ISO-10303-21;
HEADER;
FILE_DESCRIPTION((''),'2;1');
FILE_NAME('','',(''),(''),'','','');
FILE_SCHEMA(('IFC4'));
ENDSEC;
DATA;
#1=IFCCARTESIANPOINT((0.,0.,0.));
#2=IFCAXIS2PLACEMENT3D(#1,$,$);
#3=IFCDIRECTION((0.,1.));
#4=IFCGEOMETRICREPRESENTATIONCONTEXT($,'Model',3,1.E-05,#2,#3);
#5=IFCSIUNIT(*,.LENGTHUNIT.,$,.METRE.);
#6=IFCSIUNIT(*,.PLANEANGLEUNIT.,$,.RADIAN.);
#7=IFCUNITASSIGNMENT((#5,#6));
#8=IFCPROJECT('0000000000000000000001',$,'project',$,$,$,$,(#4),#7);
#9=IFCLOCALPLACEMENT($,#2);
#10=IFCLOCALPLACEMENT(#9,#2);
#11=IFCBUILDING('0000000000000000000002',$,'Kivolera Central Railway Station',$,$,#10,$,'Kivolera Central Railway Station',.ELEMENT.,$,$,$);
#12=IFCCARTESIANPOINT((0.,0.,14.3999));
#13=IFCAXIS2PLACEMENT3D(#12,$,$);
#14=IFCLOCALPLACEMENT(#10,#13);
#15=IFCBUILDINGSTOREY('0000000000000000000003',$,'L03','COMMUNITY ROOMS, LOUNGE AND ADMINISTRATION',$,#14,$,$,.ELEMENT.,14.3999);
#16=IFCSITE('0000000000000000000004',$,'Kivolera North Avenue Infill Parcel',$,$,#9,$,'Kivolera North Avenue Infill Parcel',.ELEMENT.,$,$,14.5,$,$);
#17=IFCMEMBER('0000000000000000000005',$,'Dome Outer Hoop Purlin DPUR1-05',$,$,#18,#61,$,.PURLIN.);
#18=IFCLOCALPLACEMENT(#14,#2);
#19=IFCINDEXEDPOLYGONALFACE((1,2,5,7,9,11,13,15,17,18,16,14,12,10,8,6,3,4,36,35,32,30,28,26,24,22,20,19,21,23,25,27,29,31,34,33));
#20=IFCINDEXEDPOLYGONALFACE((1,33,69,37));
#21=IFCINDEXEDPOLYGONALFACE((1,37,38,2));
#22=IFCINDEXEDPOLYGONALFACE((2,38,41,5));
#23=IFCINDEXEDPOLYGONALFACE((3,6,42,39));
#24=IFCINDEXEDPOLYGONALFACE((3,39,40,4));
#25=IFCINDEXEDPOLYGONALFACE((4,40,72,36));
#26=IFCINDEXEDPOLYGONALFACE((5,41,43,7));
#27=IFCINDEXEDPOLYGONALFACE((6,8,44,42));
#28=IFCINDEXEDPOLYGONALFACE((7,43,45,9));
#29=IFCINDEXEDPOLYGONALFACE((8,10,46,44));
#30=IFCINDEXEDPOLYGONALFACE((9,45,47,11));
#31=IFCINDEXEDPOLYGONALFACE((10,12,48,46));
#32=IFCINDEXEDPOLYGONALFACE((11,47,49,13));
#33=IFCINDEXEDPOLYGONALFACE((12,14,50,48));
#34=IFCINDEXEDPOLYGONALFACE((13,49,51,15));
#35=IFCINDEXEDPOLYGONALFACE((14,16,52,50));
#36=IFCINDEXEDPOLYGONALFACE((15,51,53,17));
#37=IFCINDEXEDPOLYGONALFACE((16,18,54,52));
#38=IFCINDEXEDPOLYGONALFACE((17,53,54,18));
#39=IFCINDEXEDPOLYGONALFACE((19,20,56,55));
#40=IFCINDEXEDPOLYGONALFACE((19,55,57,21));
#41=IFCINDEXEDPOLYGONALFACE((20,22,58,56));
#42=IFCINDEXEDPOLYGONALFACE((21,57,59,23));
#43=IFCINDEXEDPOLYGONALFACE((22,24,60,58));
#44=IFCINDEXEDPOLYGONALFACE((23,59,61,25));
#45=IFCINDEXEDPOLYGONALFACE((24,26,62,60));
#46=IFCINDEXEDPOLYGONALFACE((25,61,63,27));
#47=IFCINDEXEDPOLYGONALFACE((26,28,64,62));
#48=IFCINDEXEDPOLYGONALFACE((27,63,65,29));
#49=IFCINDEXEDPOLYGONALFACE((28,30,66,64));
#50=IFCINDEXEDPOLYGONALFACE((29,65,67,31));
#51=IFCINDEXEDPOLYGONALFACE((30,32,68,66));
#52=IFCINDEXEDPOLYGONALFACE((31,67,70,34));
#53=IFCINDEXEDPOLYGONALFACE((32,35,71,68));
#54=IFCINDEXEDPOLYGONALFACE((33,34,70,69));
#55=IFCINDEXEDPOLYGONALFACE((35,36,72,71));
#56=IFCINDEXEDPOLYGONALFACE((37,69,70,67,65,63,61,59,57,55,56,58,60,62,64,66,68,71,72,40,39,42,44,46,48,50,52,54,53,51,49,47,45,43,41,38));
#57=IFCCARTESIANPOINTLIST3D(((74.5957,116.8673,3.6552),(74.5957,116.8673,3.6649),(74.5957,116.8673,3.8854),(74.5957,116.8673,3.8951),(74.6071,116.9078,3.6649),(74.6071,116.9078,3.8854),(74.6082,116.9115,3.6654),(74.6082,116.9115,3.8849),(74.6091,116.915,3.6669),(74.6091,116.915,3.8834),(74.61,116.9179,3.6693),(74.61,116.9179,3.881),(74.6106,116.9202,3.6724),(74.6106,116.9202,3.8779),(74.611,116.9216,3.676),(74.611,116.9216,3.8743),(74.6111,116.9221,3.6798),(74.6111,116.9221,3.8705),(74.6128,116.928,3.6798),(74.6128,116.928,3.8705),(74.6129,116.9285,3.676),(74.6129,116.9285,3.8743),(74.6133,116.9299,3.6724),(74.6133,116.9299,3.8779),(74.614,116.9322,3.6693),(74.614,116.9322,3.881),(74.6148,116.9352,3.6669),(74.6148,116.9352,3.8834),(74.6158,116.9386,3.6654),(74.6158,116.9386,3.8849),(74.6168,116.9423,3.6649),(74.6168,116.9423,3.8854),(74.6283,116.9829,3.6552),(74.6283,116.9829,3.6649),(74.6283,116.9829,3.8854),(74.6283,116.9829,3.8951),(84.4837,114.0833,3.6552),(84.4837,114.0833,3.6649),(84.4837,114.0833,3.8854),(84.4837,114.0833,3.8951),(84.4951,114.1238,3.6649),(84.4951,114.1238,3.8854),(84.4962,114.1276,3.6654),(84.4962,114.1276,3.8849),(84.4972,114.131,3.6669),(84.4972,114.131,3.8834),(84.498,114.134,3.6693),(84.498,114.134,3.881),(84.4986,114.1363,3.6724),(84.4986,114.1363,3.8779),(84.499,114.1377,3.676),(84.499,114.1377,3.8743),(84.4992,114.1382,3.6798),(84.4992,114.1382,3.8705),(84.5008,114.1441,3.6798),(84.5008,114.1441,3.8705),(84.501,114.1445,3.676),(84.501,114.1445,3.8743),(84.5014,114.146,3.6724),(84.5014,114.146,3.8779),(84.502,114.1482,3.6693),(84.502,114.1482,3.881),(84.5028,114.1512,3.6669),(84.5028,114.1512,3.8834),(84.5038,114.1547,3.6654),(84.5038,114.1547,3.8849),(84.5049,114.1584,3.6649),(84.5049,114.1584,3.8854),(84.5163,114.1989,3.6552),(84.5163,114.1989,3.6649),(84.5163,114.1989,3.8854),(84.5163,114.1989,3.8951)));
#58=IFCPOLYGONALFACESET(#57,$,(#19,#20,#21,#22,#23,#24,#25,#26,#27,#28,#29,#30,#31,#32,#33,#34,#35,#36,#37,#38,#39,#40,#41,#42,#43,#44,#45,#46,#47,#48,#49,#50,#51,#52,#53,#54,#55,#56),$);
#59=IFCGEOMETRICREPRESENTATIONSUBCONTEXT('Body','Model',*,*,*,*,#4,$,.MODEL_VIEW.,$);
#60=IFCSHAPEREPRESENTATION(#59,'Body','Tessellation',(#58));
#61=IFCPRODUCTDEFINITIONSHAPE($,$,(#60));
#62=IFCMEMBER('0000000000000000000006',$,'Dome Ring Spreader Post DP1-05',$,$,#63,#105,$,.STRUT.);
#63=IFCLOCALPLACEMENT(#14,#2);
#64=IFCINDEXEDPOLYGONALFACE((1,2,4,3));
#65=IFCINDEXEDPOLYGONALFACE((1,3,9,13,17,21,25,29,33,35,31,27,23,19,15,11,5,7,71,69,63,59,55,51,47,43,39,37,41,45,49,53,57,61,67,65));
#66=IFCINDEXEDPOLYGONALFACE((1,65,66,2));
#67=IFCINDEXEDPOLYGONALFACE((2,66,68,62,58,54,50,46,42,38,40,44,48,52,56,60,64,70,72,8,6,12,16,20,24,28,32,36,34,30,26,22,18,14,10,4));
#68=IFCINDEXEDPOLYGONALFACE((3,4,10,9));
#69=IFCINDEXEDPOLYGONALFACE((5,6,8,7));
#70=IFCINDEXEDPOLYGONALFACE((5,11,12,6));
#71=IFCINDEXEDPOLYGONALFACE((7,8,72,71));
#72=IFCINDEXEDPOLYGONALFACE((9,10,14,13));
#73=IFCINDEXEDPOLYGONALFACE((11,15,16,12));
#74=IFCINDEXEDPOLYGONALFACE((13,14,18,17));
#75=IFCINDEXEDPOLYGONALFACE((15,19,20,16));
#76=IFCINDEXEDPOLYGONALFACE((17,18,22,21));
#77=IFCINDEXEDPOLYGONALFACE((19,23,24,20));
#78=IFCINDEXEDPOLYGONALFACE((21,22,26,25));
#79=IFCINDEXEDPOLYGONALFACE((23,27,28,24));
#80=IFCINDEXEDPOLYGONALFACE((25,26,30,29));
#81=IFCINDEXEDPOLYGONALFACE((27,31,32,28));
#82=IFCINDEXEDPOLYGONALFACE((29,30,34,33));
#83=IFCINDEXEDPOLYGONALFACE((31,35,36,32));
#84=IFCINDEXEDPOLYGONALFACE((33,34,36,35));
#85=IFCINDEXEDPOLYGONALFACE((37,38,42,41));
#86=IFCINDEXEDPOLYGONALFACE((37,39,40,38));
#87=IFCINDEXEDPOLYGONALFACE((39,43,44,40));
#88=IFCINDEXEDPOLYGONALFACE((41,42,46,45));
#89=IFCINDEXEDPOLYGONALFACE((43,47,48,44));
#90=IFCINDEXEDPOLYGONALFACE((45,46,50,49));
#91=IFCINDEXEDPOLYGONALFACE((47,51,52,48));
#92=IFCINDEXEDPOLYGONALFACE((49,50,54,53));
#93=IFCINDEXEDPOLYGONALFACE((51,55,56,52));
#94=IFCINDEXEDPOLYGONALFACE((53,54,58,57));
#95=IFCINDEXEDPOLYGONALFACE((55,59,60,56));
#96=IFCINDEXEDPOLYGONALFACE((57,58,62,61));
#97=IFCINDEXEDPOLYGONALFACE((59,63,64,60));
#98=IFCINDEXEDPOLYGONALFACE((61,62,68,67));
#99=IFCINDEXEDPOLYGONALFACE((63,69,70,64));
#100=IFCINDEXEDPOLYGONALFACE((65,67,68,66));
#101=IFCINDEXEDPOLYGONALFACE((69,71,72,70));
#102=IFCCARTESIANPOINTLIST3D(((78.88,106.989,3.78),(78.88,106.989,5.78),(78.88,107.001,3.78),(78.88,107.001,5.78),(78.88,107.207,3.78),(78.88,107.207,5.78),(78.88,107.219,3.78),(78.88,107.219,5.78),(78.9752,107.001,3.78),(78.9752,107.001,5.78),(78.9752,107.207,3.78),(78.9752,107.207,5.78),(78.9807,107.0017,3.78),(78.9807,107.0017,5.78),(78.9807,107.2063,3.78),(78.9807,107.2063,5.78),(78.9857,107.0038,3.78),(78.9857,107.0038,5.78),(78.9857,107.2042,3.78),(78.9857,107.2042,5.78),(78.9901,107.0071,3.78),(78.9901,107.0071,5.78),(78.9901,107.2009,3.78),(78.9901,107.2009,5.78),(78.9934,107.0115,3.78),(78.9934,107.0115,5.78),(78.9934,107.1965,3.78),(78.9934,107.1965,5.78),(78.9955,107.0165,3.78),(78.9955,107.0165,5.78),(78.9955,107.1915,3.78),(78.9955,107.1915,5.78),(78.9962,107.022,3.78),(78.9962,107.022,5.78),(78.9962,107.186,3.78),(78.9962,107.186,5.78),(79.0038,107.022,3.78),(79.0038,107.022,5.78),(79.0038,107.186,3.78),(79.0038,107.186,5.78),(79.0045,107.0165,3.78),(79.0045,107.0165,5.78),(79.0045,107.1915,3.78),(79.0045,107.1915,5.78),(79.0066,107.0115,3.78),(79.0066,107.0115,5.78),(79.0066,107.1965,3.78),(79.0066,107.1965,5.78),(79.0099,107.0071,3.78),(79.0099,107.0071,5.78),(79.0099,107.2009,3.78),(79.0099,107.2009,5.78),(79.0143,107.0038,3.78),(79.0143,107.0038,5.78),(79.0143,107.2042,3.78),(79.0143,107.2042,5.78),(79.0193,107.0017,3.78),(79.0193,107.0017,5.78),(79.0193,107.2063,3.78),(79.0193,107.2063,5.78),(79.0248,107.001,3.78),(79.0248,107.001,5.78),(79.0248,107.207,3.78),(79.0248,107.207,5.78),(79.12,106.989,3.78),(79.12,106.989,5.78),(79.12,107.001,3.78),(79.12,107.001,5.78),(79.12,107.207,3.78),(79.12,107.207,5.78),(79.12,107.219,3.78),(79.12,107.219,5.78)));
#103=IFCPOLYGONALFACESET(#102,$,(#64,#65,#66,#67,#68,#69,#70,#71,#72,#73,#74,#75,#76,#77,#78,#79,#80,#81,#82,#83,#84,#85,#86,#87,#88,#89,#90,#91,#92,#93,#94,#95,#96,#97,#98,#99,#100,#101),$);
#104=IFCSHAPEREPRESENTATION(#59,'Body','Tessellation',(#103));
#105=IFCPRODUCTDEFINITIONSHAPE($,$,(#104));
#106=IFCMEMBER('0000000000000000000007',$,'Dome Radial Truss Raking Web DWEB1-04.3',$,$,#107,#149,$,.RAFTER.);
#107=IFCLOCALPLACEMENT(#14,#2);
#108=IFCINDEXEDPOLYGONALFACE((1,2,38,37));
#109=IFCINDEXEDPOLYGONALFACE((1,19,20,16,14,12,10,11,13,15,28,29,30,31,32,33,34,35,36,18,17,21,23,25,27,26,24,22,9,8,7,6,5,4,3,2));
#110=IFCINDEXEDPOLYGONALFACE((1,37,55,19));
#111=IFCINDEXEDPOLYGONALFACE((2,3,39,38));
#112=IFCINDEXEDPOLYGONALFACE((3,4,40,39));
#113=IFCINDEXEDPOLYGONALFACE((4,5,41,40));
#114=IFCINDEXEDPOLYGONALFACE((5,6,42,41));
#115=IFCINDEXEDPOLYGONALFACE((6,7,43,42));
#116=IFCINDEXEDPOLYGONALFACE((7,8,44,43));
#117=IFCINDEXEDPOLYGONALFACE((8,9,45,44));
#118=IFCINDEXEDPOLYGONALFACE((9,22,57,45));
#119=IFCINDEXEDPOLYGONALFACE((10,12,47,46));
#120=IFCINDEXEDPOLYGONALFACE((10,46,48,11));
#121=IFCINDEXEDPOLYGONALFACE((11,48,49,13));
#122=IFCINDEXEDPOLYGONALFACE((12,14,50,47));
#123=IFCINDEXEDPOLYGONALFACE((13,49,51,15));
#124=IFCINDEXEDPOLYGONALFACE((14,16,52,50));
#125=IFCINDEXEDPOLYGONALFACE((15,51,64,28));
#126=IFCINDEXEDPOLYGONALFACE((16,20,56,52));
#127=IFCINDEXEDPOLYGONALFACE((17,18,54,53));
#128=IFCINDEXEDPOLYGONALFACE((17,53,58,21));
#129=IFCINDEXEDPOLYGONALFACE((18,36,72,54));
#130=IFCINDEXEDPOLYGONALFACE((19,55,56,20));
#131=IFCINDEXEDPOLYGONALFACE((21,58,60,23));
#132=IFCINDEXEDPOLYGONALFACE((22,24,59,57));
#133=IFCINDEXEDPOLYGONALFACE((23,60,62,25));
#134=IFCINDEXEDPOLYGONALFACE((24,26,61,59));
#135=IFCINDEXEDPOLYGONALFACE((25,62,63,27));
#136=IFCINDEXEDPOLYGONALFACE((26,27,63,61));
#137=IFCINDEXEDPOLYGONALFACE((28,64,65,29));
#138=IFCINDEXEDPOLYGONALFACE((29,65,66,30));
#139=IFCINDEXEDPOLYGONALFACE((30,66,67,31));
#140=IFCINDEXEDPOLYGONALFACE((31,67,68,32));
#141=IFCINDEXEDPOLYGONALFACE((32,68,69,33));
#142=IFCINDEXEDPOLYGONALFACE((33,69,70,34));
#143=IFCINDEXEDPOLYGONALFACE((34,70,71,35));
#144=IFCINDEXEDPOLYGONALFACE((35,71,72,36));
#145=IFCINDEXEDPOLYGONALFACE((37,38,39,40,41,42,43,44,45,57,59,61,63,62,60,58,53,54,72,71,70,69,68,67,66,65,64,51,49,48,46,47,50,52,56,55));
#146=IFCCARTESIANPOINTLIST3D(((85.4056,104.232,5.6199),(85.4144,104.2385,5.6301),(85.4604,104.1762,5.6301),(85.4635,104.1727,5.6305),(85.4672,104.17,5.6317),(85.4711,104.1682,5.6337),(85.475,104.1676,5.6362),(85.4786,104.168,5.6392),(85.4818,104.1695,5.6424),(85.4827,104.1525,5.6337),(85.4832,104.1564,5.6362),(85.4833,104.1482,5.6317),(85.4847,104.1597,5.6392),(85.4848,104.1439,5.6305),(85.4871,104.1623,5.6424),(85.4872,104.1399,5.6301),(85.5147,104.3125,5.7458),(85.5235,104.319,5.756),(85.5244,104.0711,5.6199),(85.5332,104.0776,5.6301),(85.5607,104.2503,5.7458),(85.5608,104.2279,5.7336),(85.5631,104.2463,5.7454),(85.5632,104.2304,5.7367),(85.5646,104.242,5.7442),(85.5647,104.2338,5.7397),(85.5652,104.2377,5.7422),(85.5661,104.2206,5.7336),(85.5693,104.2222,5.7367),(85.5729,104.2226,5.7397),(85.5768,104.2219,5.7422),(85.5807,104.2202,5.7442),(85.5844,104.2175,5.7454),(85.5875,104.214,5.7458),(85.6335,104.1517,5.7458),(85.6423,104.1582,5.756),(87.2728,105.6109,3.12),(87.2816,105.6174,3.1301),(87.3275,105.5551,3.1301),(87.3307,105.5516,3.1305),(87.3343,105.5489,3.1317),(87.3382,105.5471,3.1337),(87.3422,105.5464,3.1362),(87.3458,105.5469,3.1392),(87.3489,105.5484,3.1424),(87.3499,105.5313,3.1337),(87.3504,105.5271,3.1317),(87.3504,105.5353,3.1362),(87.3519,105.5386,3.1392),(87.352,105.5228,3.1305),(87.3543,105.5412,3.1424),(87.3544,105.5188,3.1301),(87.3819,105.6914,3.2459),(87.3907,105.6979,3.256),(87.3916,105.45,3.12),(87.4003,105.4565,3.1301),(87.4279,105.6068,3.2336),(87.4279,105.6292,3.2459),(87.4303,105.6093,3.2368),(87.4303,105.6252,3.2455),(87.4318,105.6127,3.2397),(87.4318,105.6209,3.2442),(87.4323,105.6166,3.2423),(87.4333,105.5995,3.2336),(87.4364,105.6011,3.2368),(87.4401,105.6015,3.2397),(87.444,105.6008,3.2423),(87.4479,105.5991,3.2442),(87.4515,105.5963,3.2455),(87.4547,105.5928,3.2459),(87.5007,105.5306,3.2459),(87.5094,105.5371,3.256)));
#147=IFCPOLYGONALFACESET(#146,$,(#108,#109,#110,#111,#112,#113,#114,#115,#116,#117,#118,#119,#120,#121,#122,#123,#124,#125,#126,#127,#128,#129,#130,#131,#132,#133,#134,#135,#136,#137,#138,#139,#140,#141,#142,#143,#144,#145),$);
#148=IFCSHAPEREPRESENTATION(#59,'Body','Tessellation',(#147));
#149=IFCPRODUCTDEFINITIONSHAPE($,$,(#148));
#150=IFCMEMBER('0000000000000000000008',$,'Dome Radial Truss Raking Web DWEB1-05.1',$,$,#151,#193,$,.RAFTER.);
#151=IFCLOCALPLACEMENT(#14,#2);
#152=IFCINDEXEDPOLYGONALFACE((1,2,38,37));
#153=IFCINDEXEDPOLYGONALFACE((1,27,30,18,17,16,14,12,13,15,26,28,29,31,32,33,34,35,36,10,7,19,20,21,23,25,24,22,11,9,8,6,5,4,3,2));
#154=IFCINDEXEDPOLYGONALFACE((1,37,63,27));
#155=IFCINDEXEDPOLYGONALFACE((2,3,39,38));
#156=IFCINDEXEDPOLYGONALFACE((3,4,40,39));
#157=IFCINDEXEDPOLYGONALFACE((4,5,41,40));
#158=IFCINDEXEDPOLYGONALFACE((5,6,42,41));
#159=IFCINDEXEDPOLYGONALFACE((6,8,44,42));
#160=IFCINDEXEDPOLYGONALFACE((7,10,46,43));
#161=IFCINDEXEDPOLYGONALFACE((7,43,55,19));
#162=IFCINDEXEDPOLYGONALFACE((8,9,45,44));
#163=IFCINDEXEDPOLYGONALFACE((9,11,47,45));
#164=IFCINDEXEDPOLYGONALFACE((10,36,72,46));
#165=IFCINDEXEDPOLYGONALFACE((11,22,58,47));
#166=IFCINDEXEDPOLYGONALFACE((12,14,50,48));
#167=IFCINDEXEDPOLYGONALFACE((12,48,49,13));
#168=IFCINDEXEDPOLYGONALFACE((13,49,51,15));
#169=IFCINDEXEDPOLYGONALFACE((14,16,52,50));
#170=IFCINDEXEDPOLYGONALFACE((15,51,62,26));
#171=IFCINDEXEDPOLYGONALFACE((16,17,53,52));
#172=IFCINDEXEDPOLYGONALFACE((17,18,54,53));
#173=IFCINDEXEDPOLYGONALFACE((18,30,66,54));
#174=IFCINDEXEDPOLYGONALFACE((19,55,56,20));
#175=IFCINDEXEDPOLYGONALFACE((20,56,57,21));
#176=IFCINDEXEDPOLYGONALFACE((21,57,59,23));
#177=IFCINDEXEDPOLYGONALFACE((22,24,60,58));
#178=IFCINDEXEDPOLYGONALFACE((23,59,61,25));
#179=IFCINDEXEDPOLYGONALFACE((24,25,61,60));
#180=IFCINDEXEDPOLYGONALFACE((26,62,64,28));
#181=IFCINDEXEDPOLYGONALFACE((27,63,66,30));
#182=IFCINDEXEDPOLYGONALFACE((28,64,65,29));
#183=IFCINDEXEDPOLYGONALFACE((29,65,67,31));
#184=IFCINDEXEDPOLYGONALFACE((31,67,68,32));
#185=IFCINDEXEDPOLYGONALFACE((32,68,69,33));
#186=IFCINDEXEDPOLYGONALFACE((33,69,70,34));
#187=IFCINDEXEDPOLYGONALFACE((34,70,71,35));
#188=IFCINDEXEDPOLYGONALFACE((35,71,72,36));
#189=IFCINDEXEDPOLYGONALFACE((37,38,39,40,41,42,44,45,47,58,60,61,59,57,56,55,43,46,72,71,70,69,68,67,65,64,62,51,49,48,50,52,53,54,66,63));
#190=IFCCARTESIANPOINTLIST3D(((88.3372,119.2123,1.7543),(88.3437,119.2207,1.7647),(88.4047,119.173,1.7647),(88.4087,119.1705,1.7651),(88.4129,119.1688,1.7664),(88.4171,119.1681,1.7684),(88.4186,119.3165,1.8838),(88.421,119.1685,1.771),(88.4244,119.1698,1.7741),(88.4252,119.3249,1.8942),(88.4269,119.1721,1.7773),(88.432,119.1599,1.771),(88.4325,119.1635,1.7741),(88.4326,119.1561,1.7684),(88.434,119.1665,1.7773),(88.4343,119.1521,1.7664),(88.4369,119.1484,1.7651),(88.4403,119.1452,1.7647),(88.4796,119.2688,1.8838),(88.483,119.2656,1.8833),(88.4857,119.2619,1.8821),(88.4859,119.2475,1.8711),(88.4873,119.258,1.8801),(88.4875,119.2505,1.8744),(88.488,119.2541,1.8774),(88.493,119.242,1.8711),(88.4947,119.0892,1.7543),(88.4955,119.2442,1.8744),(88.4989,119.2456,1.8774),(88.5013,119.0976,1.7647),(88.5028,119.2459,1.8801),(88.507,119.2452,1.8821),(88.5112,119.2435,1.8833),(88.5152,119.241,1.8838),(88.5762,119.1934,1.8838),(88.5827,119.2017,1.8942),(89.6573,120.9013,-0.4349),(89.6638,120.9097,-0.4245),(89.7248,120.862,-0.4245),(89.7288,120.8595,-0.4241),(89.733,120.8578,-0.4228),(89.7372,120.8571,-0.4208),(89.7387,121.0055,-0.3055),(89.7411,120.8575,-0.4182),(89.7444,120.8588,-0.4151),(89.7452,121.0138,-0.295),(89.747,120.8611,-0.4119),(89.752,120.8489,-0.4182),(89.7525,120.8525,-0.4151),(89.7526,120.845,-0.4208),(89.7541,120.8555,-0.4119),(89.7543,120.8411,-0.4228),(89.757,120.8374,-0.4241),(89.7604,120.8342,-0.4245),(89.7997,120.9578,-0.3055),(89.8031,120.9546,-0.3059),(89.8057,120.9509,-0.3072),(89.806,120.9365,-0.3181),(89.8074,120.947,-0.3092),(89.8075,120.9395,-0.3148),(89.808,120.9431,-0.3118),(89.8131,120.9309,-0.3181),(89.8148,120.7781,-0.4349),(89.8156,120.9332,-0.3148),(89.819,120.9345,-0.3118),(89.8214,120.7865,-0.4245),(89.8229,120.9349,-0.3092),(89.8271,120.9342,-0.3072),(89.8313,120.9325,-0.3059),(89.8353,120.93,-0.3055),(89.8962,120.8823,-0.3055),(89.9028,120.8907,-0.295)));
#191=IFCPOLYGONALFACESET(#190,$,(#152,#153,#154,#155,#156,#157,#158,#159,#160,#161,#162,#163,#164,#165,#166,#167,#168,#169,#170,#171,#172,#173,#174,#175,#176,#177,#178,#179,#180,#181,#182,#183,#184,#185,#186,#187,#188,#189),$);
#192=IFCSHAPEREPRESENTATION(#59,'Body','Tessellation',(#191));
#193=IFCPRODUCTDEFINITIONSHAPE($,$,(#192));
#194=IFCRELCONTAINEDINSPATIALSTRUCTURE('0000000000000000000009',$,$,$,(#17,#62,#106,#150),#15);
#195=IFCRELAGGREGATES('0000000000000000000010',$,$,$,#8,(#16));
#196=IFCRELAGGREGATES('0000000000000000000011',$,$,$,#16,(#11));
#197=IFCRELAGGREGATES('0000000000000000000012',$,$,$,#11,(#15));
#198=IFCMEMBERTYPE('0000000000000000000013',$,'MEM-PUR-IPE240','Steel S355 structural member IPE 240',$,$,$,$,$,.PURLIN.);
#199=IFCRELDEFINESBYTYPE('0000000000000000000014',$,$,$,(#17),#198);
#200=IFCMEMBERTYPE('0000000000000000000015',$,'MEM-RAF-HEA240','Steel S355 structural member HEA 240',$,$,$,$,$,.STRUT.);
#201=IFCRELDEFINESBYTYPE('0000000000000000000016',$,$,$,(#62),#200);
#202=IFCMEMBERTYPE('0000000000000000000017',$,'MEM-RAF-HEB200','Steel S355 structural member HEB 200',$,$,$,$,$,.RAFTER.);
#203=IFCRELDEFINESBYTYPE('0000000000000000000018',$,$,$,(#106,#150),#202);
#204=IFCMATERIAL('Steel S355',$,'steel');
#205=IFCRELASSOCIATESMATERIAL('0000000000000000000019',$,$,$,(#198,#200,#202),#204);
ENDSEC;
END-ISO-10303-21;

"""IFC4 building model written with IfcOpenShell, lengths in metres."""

from ifc_helpers import new_model, si_unit, direction, frame, origin, origin_2d, place, context, subcontext, project, spatial, i_section, extrude, material, material_profile, profile_set, type_object, element, save


model = new_model("IFC4")

# Units and contexts
model_context = context("Model", 3, precision=1e-05, world=origin(), true_north=direction((0.0, 1.0)))
body_context = subcontext(model_context, "Body", "Model", "MODEL_VIEW")
ifc_project = project(units=[si_unit("LENGTHUNIT", "METRE"), si_unit("PLANEANGLEUNIT", "RADIAN")], contexts=[model_context])

# Site, building, storey
site_placement = place(None, origin())
site = spatial("IfcSite", under=ifc_project, at=site_placement, Name="Kivolera North Avenue Infill Parcel", LongName="Kivolera North Avenue Infill Parcel", CompositionType="ELEMENT", RefElevation=14.5)
building_placement = place(site_placement, origin())
building = spatial("IfcBuilding", under=site, at=building_placement, Name="Kivolera Central Railway Station", LongName="Kivolera Central Railway Station", CompositionType="ELEMENT")
storey_placement = place(building_placement, frame((0.0, 0.0, 14.3999)))
storey = spatial("IfcBuildingStorey", under=building, at=storey_placement, Name="L03", Description="COMMUNITY ROOMS, LOUNGE AND ADMINISTRATION", CompositionType="ELEMENT", Elevation=14.3999)

# Shared definitions
ifc_material_1 = material(Name="Steel S355", Category="steel")

# Members
ifc_material_profile_1 = material_profile(ifc_material_1, i_section(OverallWidth=0.1201, OverallDepth=0.24, WebThickness=0.0061, FlangeThickness=0.0098, FilletRadius=0.0149, at=origin_2d()), Name="IPE 240")
ifc_profile_set_1 = profile_set([ifc_material_profile_1], Name="Steel S355")
member_type_1 = type_object("IfcMemberType", Name="MEM-PUR-IPE240", Description="Steel S355 structural member IPE 240", PredefinedType="PURLIN", material=ifc_profile_set_1)
member_1_placement = place(storey_placement, frame((84.5, 114.1411, 3.7751), z_axis=(-0.962576, 0.271012, 0.0), x_axis=(-0.271012, -0.962576, 0.0)))
element("IfcMember", 1, at=member_1_placement, inside=storey, type_object=member_type_1, Name="Dome Outer Hoop Purlin DPUR1-05", PredefinedType="PURLIN", context=body_context, shape_type="SweptSolid", body=[
    extrude(i_section(OverallWidth=0.1201, OverallDepth=0.24, WebThickness=0.0061, FlangeThickness=0.0098, FilletRadius=0.0149, at=origin_2d()), origin(), (0.0, 0.0, 1.0), 10.2725),
])
ifc_material_profile_2 = material_profile(ifc_material_1, i_section(OverallWidth=0.24, OverallDepth=0.23, WebThickness=0.0076, FlangeThickness=0.012, FilletRadius=0.021, at=origin_2d()), Name="HEA 240")
ifc_profile_set_2 = profile_set([ifc_material_profile_2], Name="Steel S355")
member_type_2 = type_object("IfcMemberType", Name="MEM-RAF-HEA240", Description="Steel S355 structural member HEA 240", PredefinedType="STRUT", material=ifc_profile_set_2)
member_2_placement = place(storey_placement, frame((79.0, 107.104, 3.78), z_axis=(0.0, 0.0, 1.0), x_axis=(1.0, 0.0, 0.0)))
element("IfcMember", 2, at=member_2_placement, inside=storey, type_object=member_type_2, Name="Dome Ring Spreader Post DP1-05", PredefinedType="STRUT", context=body_context, shape_type="SweptSolid", body=[
    extrude(i_section(OverallWidth=0.24, OverallDepth=0.23, WebThickness=0.0076, FlangeThickness=0.012, FilletRadius=0.021, at=origin_2d()), origin(), (0.0, 0.0, 1.0), 2.0),
])
ifc_material_profile_3 = material_profile(ifc_material_1, i_section(OverallWidth=0.2, OverallDepth=0.2, WebThickness=0.009, FlangeThickness=0.0149, FilletRadius=0.0181, at=origin_2d()), Name="HEB 200")
ifc_profile_set_3 = profile_set([ifc_material_profile_3], Name="Steel S355")
member_type_3 = type_object("IfcMemberType", Name="MEM-RAF-HEB200", Description="Steel S355 structural member HEB 200", PredefinedType="RAFTER", material=ifc_profile_set_3)
member_3_placement = place(storey_placement, frame((87.3911, 105.574, 3.188), z_axis=(-0.547335, -0.404203, 0.732833), x_axis=(0.59406, -0.804421, 0.0)))
element("IfcMember", 3, at=member_3_placement, inside=storey, type_object=member_type_3, Name="Dome Radial Truss Raking Web DWEB1-04.3", PredefinedType="RAFTER", context=body_context, shape_type="SweptSolid", body=[
    extrude(i_section(OverallWidth=0.2, OverallDepth=0.2, WebThickness=0.009, FlangeThickness=0.0149, FilletRadius=0.0181, at=origin_2d()), origin(), (0.0, 0.0, 1.0), 3.4114),
])
member_4_placement = place(storey_placement, frame((89.78, 120.896, -0.365), z_axis=(-0.430838, -0.551237, 0.714504), x_axis=(0.787897, -0.615808, 0.0)))
element("IfcMember", 4, at=member_4_placement, inside=storey, type_object=member_type_3, Name="Dome Radial Truss Raking Web DWEB1-05.1", PredefinedType="RAFTER", context=body_context, shape_type="SweptSolid", body=[
    extrude(i_section(OverallWidth=0.2, OverallDepth=0.2, WebThickness=0.009, FlangeThickness=0.0149, FilletRadius=0.0181, at=origin_2d()), origin(), (0.0, 0.0, 1.0), 3.064),
])

save(model, "model.ifc")
